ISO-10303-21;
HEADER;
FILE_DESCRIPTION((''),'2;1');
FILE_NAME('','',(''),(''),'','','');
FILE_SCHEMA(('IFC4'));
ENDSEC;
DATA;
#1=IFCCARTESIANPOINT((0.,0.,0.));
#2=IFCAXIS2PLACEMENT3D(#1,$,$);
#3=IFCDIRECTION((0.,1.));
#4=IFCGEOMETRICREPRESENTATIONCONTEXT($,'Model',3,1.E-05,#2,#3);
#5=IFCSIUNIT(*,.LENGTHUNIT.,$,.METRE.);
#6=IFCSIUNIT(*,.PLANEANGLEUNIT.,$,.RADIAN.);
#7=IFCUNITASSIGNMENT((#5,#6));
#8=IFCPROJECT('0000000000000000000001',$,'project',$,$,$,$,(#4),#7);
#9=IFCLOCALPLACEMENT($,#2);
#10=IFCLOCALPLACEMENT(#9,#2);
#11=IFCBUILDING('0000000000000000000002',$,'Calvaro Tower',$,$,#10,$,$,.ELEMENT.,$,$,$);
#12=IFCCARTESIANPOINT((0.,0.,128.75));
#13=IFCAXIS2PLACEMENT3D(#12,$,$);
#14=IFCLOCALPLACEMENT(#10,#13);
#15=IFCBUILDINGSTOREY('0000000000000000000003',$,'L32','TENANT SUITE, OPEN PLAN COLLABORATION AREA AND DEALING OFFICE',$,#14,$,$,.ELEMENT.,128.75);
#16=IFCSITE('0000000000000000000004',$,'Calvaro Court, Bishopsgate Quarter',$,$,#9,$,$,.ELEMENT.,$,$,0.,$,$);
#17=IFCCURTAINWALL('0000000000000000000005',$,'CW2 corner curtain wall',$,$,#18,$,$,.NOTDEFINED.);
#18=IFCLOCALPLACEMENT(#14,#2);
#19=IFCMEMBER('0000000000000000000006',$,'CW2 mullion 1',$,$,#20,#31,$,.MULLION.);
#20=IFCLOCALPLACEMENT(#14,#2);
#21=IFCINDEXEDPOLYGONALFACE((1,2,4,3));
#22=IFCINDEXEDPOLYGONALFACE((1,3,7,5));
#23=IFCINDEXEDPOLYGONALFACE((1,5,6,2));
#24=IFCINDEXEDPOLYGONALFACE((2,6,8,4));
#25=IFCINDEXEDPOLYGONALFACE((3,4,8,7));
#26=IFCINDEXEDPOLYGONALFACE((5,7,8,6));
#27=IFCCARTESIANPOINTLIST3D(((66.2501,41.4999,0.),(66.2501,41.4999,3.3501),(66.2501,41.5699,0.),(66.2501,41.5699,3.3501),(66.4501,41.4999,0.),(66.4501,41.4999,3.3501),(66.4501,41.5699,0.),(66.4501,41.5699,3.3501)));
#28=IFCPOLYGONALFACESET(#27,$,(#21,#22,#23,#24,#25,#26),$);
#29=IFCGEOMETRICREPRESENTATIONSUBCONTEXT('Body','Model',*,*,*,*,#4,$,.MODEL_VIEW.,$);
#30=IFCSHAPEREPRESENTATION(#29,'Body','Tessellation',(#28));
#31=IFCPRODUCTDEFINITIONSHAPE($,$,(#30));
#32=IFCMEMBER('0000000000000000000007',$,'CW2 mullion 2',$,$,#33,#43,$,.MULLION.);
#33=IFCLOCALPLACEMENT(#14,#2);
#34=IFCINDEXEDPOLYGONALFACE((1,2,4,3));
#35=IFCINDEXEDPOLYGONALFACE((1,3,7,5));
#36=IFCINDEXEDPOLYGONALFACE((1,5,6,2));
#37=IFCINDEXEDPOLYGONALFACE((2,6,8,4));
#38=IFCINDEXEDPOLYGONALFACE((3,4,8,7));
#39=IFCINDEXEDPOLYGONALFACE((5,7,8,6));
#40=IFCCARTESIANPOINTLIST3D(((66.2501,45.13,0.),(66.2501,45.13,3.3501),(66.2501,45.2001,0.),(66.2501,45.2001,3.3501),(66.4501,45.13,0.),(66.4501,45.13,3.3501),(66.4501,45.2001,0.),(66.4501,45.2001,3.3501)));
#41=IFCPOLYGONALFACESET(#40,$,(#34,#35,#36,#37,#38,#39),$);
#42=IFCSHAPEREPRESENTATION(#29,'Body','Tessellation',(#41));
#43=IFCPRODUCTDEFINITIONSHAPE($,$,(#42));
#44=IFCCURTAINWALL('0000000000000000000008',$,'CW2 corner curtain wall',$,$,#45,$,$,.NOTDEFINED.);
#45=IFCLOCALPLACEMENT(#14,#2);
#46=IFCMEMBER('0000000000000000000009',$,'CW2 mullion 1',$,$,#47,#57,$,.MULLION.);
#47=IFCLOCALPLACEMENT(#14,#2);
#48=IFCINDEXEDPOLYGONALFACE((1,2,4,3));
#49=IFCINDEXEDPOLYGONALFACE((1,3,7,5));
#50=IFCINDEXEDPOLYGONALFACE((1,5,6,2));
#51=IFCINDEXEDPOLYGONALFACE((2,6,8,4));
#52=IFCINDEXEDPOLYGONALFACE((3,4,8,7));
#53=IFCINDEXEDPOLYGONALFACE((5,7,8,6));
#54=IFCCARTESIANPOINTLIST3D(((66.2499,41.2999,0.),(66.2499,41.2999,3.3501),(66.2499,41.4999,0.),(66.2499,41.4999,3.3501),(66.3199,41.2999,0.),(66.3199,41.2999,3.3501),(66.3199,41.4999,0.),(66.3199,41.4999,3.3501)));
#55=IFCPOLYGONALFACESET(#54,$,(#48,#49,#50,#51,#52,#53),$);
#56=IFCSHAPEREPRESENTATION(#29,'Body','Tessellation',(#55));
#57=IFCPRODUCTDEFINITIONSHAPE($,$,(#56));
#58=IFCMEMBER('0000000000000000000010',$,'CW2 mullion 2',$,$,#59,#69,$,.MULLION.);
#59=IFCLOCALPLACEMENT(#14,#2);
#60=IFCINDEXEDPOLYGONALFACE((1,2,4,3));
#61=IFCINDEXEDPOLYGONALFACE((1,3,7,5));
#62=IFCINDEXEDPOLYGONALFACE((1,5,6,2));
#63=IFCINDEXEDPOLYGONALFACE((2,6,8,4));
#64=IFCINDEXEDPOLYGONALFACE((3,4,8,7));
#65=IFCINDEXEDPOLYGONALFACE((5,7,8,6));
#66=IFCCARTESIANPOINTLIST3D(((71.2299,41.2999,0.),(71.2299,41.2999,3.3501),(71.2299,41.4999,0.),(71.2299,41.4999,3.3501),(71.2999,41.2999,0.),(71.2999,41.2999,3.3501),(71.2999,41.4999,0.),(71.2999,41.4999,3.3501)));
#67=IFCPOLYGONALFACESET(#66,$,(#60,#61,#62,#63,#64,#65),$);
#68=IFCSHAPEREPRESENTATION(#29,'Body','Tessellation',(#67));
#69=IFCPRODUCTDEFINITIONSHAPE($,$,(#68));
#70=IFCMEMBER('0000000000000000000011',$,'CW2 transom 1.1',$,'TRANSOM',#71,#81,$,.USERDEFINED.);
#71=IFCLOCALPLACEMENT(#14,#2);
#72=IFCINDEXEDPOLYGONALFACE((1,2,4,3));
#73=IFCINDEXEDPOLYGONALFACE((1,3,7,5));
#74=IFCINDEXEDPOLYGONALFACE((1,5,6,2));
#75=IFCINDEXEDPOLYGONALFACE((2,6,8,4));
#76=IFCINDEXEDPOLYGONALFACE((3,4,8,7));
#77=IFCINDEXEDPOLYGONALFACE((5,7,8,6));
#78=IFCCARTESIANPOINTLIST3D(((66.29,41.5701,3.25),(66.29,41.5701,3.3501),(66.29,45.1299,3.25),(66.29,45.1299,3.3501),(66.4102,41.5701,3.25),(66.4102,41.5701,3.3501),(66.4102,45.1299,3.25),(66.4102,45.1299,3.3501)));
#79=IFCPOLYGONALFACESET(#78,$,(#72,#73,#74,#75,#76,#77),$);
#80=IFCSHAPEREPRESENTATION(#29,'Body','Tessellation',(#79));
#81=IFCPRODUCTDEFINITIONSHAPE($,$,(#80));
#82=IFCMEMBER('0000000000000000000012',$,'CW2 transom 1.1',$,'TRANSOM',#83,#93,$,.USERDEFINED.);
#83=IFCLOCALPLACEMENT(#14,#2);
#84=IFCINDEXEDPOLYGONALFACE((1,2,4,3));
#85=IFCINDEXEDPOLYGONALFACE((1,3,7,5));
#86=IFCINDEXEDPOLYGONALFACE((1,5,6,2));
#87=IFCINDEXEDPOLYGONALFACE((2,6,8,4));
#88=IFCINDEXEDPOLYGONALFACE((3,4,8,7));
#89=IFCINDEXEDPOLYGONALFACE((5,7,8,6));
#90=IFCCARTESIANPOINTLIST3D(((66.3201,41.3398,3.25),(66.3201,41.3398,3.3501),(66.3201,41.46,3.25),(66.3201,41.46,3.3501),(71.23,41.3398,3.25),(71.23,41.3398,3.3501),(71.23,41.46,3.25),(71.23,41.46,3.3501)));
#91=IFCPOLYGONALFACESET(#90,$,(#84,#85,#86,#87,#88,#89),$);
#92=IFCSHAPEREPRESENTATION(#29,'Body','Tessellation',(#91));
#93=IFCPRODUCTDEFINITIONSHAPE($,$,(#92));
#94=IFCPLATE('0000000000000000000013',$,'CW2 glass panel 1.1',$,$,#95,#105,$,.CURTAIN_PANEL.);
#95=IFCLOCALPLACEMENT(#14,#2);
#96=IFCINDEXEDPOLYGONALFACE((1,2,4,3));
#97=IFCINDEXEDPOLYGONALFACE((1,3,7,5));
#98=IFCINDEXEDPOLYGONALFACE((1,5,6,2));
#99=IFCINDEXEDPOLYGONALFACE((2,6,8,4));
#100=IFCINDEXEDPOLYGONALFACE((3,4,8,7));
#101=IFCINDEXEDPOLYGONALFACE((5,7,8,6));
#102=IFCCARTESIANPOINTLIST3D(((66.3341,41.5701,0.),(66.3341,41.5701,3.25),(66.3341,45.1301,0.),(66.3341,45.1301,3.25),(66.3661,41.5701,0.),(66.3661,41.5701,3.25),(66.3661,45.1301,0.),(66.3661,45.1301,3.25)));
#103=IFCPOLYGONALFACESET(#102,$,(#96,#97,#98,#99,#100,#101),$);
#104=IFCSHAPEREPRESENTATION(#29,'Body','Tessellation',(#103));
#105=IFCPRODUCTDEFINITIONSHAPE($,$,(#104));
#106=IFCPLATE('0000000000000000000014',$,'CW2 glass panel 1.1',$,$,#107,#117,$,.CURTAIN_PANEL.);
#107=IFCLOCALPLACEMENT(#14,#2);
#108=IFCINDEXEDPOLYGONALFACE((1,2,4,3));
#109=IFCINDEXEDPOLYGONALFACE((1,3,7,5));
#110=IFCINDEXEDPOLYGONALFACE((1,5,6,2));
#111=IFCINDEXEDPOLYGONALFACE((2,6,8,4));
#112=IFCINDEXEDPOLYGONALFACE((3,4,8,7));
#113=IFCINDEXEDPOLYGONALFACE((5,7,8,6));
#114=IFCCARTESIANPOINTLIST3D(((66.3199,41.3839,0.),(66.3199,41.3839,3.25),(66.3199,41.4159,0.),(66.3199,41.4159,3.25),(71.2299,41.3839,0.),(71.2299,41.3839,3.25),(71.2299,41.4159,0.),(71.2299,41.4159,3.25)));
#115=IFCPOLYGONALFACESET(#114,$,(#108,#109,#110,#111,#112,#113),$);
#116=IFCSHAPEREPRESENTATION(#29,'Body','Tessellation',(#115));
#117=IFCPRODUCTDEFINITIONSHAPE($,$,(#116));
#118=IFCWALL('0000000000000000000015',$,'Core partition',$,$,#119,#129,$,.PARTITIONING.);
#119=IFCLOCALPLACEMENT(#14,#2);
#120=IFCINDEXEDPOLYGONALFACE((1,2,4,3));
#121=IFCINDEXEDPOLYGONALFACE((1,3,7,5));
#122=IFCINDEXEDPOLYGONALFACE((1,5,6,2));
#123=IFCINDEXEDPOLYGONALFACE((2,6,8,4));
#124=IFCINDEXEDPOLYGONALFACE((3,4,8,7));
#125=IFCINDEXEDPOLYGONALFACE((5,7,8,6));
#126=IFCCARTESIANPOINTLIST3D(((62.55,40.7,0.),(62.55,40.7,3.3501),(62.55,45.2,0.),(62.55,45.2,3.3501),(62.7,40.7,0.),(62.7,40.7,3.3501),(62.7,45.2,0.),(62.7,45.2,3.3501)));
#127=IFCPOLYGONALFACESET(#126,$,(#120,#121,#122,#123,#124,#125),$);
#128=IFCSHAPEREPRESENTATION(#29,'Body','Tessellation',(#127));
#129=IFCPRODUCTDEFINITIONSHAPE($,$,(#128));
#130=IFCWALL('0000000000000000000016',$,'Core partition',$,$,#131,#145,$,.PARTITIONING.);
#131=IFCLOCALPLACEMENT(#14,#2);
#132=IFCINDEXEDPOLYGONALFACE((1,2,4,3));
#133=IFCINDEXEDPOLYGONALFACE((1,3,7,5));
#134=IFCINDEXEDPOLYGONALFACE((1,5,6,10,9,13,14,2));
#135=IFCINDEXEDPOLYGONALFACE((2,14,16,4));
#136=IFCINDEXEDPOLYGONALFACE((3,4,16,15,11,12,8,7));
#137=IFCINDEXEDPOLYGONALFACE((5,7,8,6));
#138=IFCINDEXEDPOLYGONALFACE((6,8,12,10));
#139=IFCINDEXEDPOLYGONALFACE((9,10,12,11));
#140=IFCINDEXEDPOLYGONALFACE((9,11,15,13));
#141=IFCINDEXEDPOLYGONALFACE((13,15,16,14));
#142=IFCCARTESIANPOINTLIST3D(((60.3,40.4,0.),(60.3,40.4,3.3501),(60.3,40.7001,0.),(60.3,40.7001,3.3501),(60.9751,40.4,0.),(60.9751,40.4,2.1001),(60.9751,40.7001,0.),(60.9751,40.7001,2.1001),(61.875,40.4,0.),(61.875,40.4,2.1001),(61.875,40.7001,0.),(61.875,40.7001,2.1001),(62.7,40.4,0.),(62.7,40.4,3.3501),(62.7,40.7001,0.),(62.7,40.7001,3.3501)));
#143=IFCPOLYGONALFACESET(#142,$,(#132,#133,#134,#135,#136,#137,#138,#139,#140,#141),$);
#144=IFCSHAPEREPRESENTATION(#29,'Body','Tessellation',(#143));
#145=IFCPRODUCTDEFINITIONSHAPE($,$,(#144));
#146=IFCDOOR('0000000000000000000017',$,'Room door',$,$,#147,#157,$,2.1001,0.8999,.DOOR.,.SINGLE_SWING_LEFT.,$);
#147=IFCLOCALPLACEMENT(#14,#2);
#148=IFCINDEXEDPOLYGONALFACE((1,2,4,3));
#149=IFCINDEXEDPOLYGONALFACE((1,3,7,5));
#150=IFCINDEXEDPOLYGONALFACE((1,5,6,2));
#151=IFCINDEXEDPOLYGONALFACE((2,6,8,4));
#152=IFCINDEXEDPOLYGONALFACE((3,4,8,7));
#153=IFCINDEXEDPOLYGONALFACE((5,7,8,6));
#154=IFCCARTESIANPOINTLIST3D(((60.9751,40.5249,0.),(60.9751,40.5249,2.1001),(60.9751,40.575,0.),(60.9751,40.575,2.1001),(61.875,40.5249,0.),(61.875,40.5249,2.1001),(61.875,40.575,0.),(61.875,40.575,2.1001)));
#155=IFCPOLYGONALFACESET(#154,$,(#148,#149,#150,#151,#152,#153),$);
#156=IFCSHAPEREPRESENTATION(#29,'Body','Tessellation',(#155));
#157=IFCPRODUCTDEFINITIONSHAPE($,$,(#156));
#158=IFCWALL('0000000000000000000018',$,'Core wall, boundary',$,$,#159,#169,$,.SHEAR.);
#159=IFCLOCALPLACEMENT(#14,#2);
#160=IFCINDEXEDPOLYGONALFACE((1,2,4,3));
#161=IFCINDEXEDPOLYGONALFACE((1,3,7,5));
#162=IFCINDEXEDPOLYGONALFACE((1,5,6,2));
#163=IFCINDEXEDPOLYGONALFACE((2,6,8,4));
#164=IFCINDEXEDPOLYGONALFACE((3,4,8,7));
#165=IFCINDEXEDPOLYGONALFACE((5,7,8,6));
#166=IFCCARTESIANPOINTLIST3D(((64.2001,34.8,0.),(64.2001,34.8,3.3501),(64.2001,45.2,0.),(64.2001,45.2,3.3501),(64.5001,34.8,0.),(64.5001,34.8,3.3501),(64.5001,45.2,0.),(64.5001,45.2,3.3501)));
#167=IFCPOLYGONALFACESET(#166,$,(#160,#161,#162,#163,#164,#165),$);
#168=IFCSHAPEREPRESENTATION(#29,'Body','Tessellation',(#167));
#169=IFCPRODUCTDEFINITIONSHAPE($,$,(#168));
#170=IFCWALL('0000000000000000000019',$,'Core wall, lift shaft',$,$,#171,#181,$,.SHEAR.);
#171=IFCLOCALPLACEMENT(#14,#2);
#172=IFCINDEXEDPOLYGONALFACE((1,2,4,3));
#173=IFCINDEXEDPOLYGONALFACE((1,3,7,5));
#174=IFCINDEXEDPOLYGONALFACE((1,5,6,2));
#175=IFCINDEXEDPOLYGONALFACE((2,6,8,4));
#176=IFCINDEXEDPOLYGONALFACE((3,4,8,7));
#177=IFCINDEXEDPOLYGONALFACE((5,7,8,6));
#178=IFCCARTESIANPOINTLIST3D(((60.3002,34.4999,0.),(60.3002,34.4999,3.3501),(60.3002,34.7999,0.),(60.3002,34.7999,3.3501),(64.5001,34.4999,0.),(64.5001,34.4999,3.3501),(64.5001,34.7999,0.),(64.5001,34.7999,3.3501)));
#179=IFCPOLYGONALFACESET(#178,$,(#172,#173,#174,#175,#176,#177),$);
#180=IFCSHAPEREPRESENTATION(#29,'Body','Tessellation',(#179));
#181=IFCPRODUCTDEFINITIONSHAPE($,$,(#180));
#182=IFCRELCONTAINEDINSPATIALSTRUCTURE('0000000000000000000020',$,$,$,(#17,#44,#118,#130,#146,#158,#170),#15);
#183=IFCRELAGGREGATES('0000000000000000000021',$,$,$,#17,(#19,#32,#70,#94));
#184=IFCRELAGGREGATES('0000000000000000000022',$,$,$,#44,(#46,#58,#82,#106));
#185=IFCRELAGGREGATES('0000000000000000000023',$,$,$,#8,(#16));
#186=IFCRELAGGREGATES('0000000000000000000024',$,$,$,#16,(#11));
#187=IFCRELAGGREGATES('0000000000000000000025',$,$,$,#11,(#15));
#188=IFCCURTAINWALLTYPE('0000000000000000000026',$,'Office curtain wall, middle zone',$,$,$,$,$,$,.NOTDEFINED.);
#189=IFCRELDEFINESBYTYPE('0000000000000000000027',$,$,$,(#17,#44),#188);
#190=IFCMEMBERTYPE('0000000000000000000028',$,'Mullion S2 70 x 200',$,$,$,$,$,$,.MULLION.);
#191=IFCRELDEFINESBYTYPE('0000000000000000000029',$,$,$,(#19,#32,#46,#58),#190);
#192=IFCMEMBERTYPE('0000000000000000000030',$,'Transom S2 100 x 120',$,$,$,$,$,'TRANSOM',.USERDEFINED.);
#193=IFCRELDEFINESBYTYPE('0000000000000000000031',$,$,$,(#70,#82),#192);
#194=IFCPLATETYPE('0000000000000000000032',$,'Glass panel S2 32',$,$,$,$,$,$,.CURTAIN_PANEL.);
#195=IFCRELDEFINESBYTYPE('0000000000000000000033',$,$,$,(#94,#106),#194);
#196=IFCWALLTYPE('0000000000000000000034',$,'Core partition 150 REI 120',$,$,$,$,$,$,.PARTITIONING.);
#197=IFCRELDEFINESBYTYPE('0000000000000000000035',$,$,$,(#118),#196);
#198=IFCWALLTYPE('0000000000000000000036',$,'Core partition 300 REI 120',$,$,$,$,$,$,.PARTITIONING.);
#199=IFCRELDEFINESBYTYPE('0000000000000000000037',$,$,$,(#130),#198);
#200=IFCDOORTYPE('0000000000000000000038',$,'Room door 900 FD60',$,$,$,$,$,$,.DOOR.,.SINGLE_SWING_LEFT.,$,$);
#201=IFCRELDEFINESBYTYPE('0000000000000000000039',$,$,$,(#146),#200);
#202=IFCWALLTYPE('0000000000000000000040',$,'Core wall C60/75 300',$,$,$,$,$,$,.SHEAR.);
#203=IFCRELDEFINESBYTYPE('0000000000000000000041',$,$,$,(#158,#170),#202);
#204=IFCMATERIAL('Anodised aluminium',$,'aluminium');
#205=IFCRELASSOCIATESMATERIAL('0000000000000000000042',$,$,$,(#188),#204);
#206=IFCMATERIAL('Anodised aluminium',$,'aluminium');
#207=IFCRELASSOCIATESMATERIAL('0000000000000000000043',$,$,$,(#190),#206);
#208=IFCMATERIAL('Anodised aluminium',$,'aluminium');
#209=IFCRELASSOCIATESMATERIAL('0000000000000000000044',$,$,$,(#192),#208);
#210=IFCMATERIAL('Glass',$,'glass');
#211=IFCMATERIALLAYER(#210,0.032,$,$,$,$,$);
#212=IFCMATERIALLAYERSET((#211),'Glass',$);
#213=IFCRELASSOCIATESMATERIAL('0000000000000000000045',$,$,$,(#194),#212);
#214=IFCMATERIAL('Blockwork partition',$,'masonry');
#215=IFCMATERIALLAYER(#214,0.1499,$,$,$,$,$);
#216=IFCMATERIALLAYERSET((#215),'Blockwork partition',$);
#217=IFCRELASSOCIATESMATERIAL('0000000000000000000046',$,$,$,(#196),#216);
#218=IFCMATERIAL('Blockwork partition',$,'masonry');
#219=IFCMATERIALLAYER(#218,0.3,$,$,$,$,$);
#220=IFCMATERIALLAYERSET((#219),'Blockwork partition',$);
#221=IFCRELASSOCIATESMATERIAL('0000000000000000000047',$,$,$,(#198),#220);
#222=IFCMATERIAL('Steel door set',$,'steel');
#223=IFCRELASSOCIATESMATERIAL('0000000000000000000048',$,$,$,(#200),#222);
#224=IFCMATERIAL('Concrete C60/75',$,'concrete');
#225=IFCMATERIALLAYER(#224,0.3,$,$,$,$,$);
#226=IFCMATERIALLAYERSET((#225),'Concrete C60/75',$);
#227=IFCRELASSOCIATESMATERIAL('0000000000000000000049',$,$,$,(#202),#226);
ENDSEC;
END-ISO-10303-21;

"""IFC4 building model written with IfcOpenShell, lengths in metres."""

from ifc_helpers import new_model, si_unit, direction, frame, frame_2d, origin, origin_2d, place, context, subcontext, project, spatial, rectangle, extrude, material, layer, layer_set, material_profile, profile_set, type_object, element, fill, aggregate, save


model = new_model("IFC4")

# Units and contexts
model_context = context("Model", 3, precision=1e-05, world=origin(), true_north=direction((0.0, 1.0)))
body_context = subcontext(model_context, "Body", "Model", "MODEL_VIEW")
ifc_project = project(units=[si_unit("LENGTHUNIT", "METRE"), si_unit("PLANEANGLEUNIT", "RADIAN")], contexts=[model_context])

# Site, building, storey
site_placement = place(None, origin())
site = spatial("IfcSite", under=ifc_project, at=site_placement, Name="Calvaro Court, Bishopsgate Quarter", CompositionType="ELEMENT", RefElevation=0.0)
building_placement = place(site_placement, origin())
building = spatial("IfcBuilding", under=site, at=building_placement, Name="Calvaro Tower", CompositionType="ELEMENT")
storey_placement = place(building_placement, frame((0.0, 0.0, 128.75)))
storey = spatial("IfcBuildingStorey", under=building, at=storey_placement, Name="L32", Description="TENANT SUITE, OPEN PLAN COLLABORATION AREA AND DEALING OFFICE", CompositionType="ELEMENT", Elevation=128.75)

# Curtain walls, members
ifc_material_1 = material(Name="Anodised aluminium", Category="aluminium")
curtain_wall_type = type_object("IfcCurtainWallType", Name="Office curtain wall, middle zone", PredefinedType="NOTDEFINED", material=ifc_material_1)
curtain_wall_1_placement = place(storey_placement, origin())
curtain_wall_1 = element("IfcCurtainWall", 1, at=curtain_wall_1_placement, inside=storey, type_object=curtain_wall_type, Name="CW2 corner curtain wall", PredefinedType="NOTDEFINED")
ifc_material_2 = material(Name="Anodised aluminium", Category="aluminium")
ifc_material_profile_1 = material_profile(ifc_material_2, rectangle(XDim=0.2, YDim=0.0701, at=origin_2d()), Name="Mullion S2 70 x 200")
ifc_profile_set_1 = profile_set([ifc_material_profile_1], Name="Anodised aluminium")
member_type_1 = type_object("IfcMemberType", Name="Mullion S2 70 x 200", PredefinedType="MULLION", material=ifc_profile_set_1)
member_1_placement = place(storey_placement, frame((66.3501, 41.5349, 0.0), z_axis=(0.0, 0.0, 1.0), x_axis=(-1.0, 0.0, 0.0)))
member_1 = element("IfcMember", 2, at=member_1_placement, type_object=member_type_1, Name="CW2 mullion 1", PredefinedType="MULLION", context=body_context, shape_type="SweptSolid", body=[
    extrude(rectangle(XDim=0.2, YDim=0.0701, at=origin_2d()), origin(), (0.0, 0.0, 1.0), 3.3501),
])
member_2_placement = place(storey_placement, frame((66.3501, 45.165, 0.0), z_axis=(0.0, 0.0, 1.0), x_axis=(-1.0, 0.0, 0.0)))
member_2 = element("IfcMember", 3, at=member_2_placement, type_object=member_type_1, Name="CW2 mullion 2", PredefinedType="MULLION", context=body_context, shape_type="SweptSolid", body=[
    extrude(rectangle(XDim=0.2, YDim=0.0701, at=origin_2d()), origin(), (0.0, 0.0, 1.0), 3.3501),
])
curtain_wall_2_placement = place(storey_placement, origin())
curtain_wall_2 = element("IfcCurtainWall", 4, at=curtain_wall_2_placement, inside=storey, type_object=curtain_wall_type, Name="CW2 corner curtain wall", PredefinedType="NOTDEFINED")
member_3_placement = place(storey_placement, frame((66.2849, 41.3999, 0.0), z_axis=(0.0, 0.0, 1.0), x_axis=(0.0, 1.0, 0.0)))
member_3 = element("IfcMember", 5, at=member_3_placement, type_object=member_type_1, Name="CW2 mullion 1", PredefinedType="MULLION", context=body_context, shape_type="SweptSolid", body=[
    extrude(rectangle(XDim=0.2, YDim=0.0701, at=origin_2d()), origin(), (0.0, 0.0, 1.0), 3.3501),
])
member_4_placement = place(storey_placement, frame((71.2649, 41.3999, 0.0), z_axis=(0.0, 0.0, 1.0), x_axis=(0.0, 1.0, 0.0)))
member_4 = element("IfcMember", 6, at=member_4_placement, type_object=member_type_1, Name="CW2 mullion 2", PredefinedType="MULLION", context=body_context, shape_type="SweptSolid", body=[
    extrude(rectangle(XDim=0.2, YDim=0.0701, at=origin_2d()), origin(), (0.0, 0.0, 1.0), 3.3501),
])

# Members
ifc_material_3 = material(Name="Anodised aluminium", Category="aluminium")
ifc_material_profile_2 = material_profile(ifc_material_3, rectangle(XDim=0.1201, YDim=0.1001, at=origin_2d()), Name="Transom S2 100 x 120")
ifc_profile_set_2 = profile_set([ifc_material_profile_2], Name="Anodised aluminium")
member_type_2 = type_object("IfcMemberType", Name="Transom S2 100 x 120", ElementType="TRANSOM", PredefinedType="USERDEFINED", material=ifc_profile_set_2)
member_5_placement = place(storey_placement, frame((66.3501, 41.5701, 3.3), z_axis=(0.0, 1.0, 0.0), x_axis=(-1.0, 0.0, 0.0)))
member_5 = element("IfcMember", 7, at=member_5_placement, type_object=member_type_2, Name="CW2 transom 1.1", ObjectType="TRANSOM", PredefinedType="USERDEFINED", context=body_context, shape_type="SweptSolid", body=[
    extrude(rectangle(XDim=0.1201, YDim=0.1001, at=origin_2d()), origin(), (0.0, 0.0, 1.0), 3.5598),
])
member_6_placement = place(storey_placement, frame((66.3201, 41.3999, 3.3), z_axis=(1.0, 0.0, 0.0), x_axis=(0.0, 1.0, 0.0)))
member_6 = element("IfcMember", 8, at=member_6_placement, type_object=member_type_2, Name="CW2 transom 1.1", ObjectType="TRANSOM", PredefinedType="USERDEFINED", context=body_context, shape_type="SweptSolid", body=[
    extrude(rectangle(XDim=0.1201, YDim=0.1001, at=origin_2d()), origin(), (0.0, 0.0, 1.0), 4.9099),
])

# Plates
ifc_material_4 = material(Name="Glass", Category="glass")
ifc_layer_1 = layer(ifc_material_4, 0.032)
ifc_layer_set_1 = layer_set([ifc_layer_1], Name="Glass")
plate_type = type_object("IfcPlateType", Name="Glass panel S2 32", PredefinedType="CURTAIN_PANEL", material=ifc_layer_set_1)
plate_1_placement = place(storey_placement, frame((66.3501, 43.3501, 0.0), z_axis=(0.0, 0.0, 1.0), x_axis=(0.0, 1.0, 0.0)))
plate_1 = element("IfcPlate", 9, at=plate_1_placement, type_object=plate_type, Name="CW2 glass panel 1.1", PredefinedType="CURTAIN_PANEL", context=body_context, shape_type="SweptSolid", body=[
    extrude(rectangle(XDim=3.5601, YDim=0.032, at=origin_2d()), origin(), (0.0, 0.0, 1.0), 3.25),
])
aggregate(curtain_wall_1, [member_1, member_2, member_5, plate_1])
plate_2_placement = place(storey_placement, frame((68.7749, 41.3999, 0.0), z_axis=(0.0, 0.0, 1.0), x_axis=(1.0, 0.0, 0.0)))
plate_2 = element("IfcPlate", 10, at=plate_2_placement, type_object=plate_type, Name="CW2 glass panel 1.1", PredefinedType="CURTAIN_PANEL", context=body_context, shape_type="SweptSolid", body=[
    extrude(rectangle(XDim=4.9099, YDim=0.032, at=origin_2d()), origin(), (0.0, 0.0, 1.0), 3.25),
])
aggregate(curtain_wall_2, [member_3, member_4, member_6, plate_2])

# Wall
ifc_material_5 = material(Name="Blockwork partition", Category="masonry")
ifc_layer_2 = layer(ifc_material_5, 0.1499)
ifc_layer_set_2 = layer_set([ifc_layer_2], Name="Blockwork partition")
wall_type_1 = type_object("IfcWallType", Name="Core partition 150 REI 120", PredefinedType="PARTITIONING", material=ifc_layer_set_2)
wall_1_placement = place(storey_placement, frame((62.625, 40.7, 0.0), z_axis=(0.0, 0.0, 1.0), x_axis=(0.0, 1.0, 0.0)))
element("IfcWall", 11, at=wall_1_placement, inside=storey, type_object=wall_type_1, Name="Core partition", PredefinedType="PARTITIONING", context=body_context, shape_type="SweptSolid", body=[
    extrude(rectangle(XDim=4.5, YDim=0.1499, at=frame_2d((2.25, 0.0))), origin(), (0.0, 0.0, 1.0), 3.3501),
])

# Wall, opening, door
ifc_material_6 = material(Name="Blockwork partition", Category="masonry")
ifc_layer_3 = layer(ifc_material_6, 0.3)
ifc_layer_set_3 = layer_set([ifc_layer_3], Name="Blockwork partition")
wall_type_2 = type_object("IfcWallType", Name="Core partition 300 REI 120", PredefinedType="PARTITIONING", material=ifc_layer_set_3)
wall_2_placement = place(storey_placement, frame((60.3, 40.55, 0.0), z_axis=(0.0, 0.0, 1.0), x_axis=(1.0, 0.0, 0.0)))
wall_2 = element("IfcWall", 12, at=wall_2_placement, inside=storey, type_object=wall_type_2, Name="Core partition", PredefinedType="PARTITIONING", context=body_context, shape_type="SweptSolid", body=[
    extrude(rectangle(XDim=2.3999, YDim=0.3, at=frame_2d((1.2, 0.0))), origin(), (0.0, 0.0, 1.0), 3.3501),
])
opening_1_placement = place(wall_2_placement, frame((0.675, 0.0, 0.0)))
opening_1 = element("IfcOpeningElement", 13, at=opening_1_placement, cuts=wall_2, PredefinedType="OPENING", context=body_context, shape_type="SweptSolid", body=[
    extrude(rectangle(XDim=0.8999, YDim=2.1001, at=frame_2d((0.45, 1.05))), frame((0.0, 0.1599, 0.0), z_axis=(0.0, -1.0, 0.0), x_axis=(1.0, 0.0, 0.0)), (0.0, 0.0, 1.0), 0.3201),
])
ifc_material_7 = material(Name="Steel door set", Category="steel")
door_type_1 = type_object("IfcDoorType", Name="Room door 900 FD60", OperationType="SINGLE_SWING_LEFT", PredefinedType="DOOR", material=ifc_material_7)
door_1_placement = place(opening_1_placement, origin())
door_1 = element("IfcDoor", 14, at=door_1_placement, inside=storey, type_object=door_type_1, Name="Room door", OperationType="SINGLE_SWING_LEFT", OverallHeight=2.1001, OverallWidth=0.8999, PredefinedType="DOOR", context=body_context, shape_type="SweptSolid", body=[
    extrude(rectangle(XDim=0.8999, YDim=2.1001, at=frame_2d((0.45, 1.05))), frame((0.0, 0.0249, 0.0), z_axis=(0.0, -1.0, 0.0), x_axis=(1.0, 0.0, 0.0)), (0.0, 0.0, 1.0), 0.05),
])
fill(opening_1, door_1)

# Walls
ifc_material_8 = material(Name="Concrete C60/75", Category="concrete")
ifc_layer_4 = layer(ifc_material_8, 0.3)
ifc_layer_set_4 = layer_set([ifc_layer_4], Name="Concrete C60/75")
wall_type_3 = type_object("IfcWallType", Name="Core wall C60/75 300", PredefinedType="SHEAR", material=ifc_layer_set_4)
wall_3_placement = place(storey_placement, frame((64.3501, 34.8, 0.0), z_axis=(0.0, 0.0, 1.0), x_axis=(0.0, 1.0, 0.0)))
element("IfcWall", 15, at=wall_3_placement, inside=storey, type_object=wall_type_3, Name="Core wall, boundary", PredefinedType="SHEAR", context=body_context, shape_type="SweptSolid", body=[
    extrude(rectangle(XDim=10.3999, YDim=0.3, at=frame_2d((5.2, 0.0))), origin(), (0.0, 0.0, 1.0), 3.3501),
])
wall_4_placement = place(storey_placement, frame((60.3, 34.6499, 0.0), z_axis=(0.0, 0.0, 1.0), x_axis=(1.0, 0.0, 0.0)))
element("IfcWall", 16, at=wall_4_placement, inside=storey, type_object=wall_type_3, Name="Core wall, lift shaft", PredefinedType="SHEAR", context=body_context, shape_type="SweptSolid", body=[
    extrude(rectangle(XDim=4.2, YDim=0.3, at=frame_2d((2.1001, 0.0))), origin(), (0.0, 0.0, 1.0), 3.3501),
])

save(model, "model.ifc")
